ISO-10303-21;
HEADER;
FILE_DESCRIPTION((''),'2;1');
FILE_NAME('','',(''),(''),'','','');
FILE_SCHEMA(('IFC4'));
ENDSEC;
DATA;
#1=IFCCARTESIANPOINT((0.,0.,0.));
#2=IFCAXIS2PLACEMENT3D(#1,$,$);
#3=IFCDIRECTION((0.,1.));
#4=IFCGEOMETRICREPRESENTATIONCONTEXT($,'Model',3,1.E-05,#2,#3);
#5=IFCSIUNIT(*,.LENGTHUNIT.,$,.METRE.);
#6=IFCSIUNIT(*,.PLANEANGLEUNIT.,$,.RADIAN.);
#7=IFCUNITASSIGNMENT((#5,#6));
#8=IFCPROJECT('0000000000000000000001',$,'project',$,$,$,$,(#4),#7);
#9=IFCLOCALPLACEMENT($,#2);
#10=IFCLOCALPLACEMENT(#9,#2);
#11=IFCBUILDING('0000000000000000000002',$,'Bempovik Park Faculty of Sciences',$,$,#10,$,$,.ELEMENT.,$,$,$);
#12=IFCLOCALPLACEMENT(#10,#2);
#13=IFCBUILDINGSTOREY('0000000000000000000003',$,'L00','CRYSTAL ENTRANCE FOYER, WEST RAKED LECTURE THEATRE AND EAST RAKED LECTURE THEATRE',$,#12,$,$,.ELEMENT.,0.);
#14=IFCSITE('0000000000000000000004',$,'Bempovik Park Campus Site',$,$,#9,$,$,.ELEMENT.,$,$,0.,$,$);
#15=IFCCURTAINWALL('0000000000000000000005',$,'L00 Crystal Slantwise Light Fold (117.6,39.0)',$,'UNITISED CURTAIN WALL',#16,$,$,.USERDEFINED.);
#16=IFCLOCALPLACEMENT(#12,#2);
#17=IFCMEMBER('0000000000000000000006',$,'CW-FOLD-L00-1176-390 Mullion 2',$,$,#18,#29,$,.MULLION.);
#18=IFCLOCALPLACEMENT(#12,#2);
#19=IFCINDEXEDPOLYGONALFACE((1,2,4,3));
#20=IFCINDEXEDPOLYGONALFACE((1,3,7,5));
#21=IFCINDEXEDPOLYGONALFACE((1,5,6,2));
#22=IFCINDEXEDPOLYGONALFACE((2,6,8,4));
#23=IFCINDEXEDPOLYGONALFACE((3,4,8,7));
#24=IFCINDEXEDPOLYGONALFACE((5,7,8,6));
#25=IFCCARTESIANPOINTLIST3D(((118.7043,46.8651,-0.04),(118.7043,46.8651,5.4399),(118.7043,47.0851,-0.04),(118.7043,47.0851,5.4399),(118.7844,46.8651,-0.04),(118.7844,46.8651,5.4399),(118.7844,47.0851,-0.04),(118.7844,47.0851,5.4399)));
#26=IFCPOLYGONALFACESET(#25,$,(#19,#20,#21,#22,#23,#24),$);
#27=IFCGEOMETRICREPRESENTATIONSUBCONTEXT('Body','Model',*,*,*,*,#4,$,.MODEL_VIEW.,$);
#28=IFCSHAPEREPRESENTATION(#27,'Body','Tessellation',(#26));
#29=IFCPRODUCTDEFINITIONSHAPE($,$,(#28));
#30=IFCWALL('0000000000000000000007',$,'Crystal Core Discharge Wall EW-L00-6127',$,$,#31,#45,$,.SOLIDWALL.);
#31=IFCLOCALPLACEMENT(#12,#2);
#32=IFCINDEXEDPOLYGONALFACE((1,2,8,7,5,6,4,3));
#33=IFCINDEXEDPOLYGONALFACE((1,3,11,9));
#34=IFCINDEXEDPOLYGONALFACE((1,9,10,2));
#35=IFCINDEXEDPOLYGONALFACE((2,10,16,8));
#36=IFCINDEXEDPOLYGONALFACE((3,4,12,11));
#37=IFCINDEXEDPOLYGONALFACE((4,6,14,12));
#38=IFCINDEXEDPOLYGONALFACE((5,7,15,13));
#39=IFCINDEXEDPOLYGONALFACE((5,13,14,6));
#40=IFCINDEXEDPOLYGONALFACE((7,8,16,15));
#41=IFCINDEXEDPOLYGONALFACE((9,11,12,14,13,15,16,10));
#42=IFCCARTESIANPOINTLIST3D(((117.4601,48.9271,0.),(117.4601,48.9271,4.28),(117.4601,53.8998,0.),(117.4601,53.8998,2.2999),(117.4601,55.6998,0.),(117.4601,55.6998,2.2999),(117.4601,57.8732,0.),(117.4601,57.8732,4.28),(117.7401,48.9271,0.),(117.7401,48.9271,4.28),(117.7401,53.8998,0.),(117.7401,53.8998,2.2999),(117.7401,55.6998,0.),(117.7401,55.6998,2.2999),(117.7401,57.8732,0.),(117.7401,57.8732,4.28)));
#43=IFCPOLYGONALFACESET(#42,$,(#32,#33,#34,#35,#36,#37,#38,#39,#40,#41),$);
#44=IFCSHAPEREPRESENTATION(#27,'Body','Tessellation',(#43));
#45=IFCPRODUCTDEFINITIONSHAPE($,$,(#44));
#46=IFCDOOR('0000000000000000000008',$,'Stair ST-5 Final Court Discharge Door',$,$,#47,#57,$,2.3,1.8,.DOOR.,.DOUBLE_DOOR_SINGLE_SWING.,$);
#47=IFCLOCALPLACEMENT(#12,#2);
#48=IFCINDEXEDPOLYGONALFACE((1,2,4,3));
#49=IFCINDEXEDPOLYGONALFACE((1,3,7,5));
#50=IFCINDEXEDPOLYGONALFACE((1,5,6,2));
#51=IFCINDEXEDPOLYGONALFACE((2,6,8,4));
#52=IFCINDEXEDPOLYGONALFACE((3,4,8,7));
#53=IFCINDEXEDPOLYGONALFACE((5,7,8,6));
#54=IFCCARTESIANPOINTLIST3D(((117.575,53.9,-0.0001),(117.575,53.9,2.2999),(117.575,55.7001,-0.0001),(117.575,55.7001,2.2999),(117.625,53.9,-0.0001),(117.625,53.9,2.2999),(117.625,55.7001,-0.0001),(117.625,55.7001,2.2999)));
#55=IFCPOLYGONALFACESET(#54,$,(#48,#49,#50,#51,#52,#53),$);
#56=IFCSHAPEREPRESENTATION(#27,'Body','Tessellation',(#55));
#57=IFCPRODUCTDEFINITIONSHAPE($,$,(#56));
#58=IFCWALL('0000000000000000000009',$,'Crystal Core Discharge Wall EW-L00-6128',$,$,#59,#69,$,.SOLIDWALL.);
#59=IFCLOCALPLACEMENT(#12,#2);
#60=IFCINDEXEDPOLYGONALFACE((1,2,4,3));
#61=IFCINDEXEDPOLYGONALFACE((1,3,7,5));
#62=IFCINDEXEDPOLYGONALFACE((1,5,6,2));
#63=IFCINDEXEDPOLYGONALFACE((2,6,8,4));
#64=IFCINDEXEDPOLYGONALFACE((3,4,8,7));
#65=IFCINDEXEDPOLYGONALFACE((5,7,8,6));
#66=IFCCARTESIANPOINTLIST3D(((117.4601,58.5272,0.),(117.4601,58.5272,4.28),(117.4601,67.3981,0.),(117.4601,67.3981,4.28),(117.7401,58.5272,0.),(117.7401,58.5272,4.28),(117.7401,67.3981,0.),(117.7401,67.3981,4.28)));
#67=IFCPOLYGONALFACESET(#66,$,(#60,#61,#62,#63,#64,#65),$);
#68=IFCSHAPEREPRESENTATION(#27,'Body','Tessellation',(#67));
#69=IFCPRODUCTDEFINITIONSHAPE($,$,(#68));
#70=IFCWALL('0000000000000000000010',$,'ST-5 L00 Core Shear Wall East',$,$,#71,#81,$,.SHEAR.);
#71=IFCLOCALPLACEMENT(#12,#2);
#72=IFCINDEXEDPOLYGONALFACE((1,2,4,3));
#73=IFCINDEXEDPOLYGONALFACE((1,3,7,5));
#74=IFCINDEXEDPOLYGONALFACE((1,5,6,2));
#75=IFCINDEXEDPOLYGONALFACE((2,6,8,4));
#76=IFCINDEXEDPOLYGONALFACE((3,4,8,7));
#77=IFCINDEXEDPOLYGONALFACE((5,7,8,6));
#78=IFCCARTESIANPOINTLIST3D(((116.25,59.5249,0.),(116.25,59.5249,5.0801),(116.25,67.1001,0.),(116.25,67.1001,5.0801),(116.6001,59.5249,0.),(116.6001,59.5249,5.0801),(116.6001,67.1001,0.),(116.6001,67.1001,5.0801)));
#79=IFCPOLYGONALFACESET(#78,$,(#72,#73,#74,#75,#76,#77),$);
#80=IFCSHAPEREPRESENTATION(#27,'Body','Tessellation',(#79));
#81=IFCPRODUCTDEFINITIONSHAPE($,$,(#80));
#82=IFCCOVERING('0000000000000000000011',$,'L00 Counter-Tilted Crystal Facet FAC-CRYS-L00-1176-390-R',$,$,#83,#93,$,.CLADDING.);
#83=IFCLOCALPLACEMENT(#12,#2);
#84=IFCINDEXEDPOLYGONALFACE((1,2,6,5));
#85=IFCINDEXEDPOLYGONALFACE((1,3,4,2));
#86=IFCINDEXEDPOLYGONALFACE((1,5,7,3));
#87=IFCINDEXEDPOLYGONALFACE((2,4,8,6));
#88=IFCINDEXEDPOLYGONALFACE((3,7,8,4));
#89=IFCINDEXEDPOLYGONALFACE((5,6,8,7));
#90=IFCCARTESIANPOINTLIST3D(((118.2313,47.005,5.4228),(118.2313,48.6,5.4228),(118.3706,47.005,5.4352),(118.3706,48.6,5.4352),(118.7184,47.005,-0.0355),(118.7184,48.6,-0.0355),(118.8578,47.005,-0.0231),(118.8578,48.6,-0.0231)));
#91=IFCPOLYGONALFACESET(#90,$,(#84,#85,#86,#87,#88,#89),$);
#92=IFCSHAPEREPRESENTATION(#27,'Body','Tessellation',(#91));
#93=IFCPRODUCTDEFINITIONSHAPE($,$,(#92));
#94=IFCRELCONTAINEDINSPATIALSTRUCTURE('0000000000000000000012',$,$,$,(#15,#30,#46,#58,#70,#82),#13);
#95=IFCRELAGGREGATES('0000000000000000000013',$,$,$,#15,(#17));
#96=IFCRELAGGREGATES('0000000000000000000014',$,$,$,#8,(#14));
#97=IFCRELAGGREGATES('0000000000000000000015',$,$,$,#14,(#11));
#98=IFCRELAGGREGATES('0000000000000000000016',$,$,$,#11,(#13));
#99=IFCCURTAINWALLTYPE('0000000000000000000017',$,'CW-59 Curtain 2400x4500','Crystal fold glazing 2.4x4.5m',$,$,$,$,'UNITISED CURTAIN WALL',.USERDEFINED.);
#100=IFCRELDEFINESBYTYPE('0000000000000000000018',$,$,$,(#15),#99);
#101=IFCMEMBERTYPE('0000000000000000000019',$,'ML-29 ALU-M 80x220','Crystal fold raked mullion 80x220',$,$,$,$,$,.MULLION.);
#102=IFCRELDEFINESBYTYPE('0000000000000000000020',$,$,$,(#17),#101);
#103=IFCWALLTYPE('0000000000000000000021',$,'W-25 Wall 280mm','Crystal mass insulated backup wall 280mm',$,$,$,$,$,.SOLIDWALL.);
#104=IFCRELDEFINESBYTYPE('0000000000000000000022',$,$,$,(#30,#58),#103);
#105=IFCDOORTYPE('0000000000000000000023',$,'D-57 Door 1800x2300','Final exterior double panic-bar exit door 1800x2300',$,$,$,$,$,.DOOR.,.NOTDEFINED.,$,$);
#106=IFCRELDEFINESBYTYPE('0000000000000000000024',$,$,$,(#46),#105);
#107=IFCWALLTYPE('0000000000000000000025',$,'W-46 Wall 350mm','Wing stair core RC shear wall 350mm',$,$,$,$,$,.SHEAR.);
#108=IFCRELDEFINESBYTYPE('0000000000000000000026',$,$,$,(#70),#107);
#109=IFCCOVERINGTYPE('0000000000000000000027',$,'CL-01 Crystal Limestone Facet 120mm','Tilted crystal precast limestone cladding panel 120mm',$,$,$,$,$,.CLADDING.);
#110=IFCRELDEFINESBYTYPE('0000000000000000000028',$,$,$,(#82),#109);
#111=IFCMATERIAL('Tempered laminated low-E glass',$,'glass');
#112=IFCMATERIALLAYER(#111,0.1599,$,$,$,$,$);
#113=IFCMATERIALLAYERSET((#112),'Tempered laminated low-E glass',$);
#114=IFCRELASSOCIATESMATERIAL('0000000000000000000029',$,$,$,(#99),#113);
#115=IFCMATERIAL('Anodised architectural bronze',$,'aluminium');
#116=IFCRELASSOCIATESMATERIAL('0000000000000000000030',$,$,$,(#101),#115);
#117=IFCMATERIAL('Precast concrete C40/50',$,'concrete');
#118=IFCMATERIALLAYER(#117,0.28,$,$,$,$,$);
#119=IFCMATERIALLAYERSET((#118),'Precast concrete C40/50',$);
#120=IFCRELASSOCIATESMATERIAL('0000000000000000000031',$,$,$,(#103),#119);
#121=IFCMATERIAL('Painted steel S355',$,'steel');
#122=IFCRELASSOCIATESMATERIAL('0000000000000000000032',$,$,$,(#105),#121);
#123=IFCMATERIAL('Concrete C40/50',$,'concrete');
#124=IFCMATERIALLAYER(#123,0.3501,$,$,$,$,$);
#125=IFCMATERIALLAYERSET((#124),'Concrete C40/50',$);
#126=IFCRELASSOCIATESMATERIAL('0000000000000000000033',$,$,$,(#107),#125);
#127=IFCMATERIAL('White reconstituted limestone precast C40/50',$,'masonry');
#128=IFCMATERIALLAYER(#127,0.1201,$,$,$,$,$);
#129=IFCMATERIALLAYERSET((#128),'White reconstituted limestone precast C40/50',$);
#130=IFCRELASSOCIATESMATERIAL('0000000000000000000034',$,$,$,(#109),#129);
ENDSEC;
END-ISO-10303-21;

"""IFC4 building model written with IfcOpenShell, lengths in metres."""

from ifc_helpers import new_model, si_unit, direction, frame, frame_2d, origin, origin_2d, place, context, subcontext, project, spatial, rectangle, extrude, material, layer, layer_set, material_profile, profile_set, type_object, element, fill, aggregate, save


model = new_model("IFC4")

# Units and contexts
model_context = context("Model", 3, precision=1e-05, world=origin(), true_north=direction((0.0, 1.0)))
body_context = subcontext(model_context, "Body", "Model", "MODEL_VIEW")
ifc_project = project(units=[si_unit("LENGTHUNIT", "METRE"), si_unit("PLANEANGLEUNIT", "RADIAN")], contexts=[model_context])

# Site, building, storey
site_placement = place(None, origin())
site = spatial("IfcSite", under=ifc_project, at=site_placement, Name="Bempovik Park Campus Site", CompositionType="ELEMENT", RefElevation=0.0)
building_placement = place(site_placement, origin())
building = spatial("IfcBuilding", under=site, at=building_placement, Name="Bempovik Park Faculty of Sciences", CompositionType="ELEMENT")
storey_placement = place(building_placement, origin())
storey = spatial("IfcBuildingStorey", under=building, at=storey_placement, Name="L00", Description="CRYSTAL ENTRANCE FOYER, WEST RAKED LECTURE THEATRE AND EAST RAKED LECTURE THEATRE", CompositionType="ELEMENT", Elevation=0.0)

# Shared definitions
ifc_material_1 = material(Name="Concrete C40/50", Category="concrete")

# Curtain wall, member
ifc_material_2 = material(Name="Tempered laminated low-E glass", Category="glass")
ifc_layer_1 = layer(ifc_material_2, 0.1599)
ifc_layer_set_1 = layer_set([ifc_layer_1], Name="Tempered laminated low-E glass")
curtain_wall_type = type_object("IfcCurtainWallType", Name="CW-59 Curtain 2400x4500", Description="Crystal fold glazing 2.4x4.5m", ElementType="UNITISED CURTAIN WALL", PredefinedType="USERDEFINED", material=ifc_layer_set_1)
curtain_wall_placement = place(storey_placement, origin())
curtain_wall = element("IfcCurtainWall", 1, at=curtain_wall_placement, inside=storey, type_object=curtain_wall_type, Name="L00 Crystal Slantwise Light Fold (117.6,39.0)", ObjectType="UNITISED CURTAIN WALL", PredefinedType="USERDEFINED")
ifc_material_3 = material(Name="Anodised architectural bronze", Category="aluminium")
ifc_material_profile_1 = material_profile(ifc_material_3, rectangle(XDim=0.0801, YDim=0.22, at=origin_2d()), Name="ALU-M 80x220")
ifc_profile_set_1 = profile_set([ifc_material_profile_1], Name="Anodised architectural bronze")
member_type = type_object("IfcMemberType", Name="ML-29 ALU-M 80x220", Description="Crystal fold raked mullion 80x220", PredefinedType="MULLION", material=ifc_profile_set_1)
member_placement = place(storey_placement, frame((118.7444, 46.9751, -0.04), z_axis=(0.0, 0.0, 1.0), x_axis=(1.0, 0.0, 0.0)))
member = element("IfcMember", 2, at=member_placement, type_object=member_type, Name="CW-FOLD-L00-1176-390 Mullion 2", PredefinedType="MULLION", context=body_context, shape_type="SweptSolid", body=[
    extrude(rectangle(XDim=0.0801, YDim=0.22, at=origin_2d()), origin(), (0.0, 0.0, 1.0), 5.48),
])
aggregate(curtain_wall, [member])

# Wall, opening, door
ifc_material_4 = material(Name="Precast concrete C40/50", Category="concrete")
ifc_layer_2 = layer(ifc_material_4, 0.28)
ifc_layer_set_2 = layer_set([ifc_layer_2], Name="Precast concrete C40/50")
wall_type_1 = type_object("IfcWallType", Name="W-25 Wall 280mm", Description="Crystal mass insulated backup wall 280mm", PredefinedType="SOLIDWALL", material=ifc_layer_set_2)
wall_1_placement = place(storey_placement, frame((117.6001, 48.927, 0.0), z_axis=(0.0, 0.0, 1.0), x_axis=(0.0, 1.0, 0.0)))
wall_1 = element("IfcWall", 3, at=wall_1_placement, inside=storey, type_object=wall_type_1, Name="Crystal Core Discharge Wall EW-L00-6127", PredefinedType="SOLIDWALL", context=body_context, shape_type="SweptSolid", body=[
    extrude(rectangle(XDim=8.946, YDim=0.28, at=frame_2d((4.4731, 0.0))), origin(), (0.0, 0.0, 1.0), 4.28),
])
opening_placement = place(wall_1_placement, frame((4.9729, 0.0, 0.0)))
opening = element("IfcOpeningElement", 4, at=opening_placement, cuts=wall_1, PredefinedType="OPENING", context=body_context, shape_type="SweptSolid", body=[
    extrude(rectangle(XDim=1.8, YDim=2.3, at=frame_2d((0.8999, 1.1499))), frame((0.0, 0.1499, 0.0), z_axis=(0.0, -1.0, 0.0), x_axis=(1.0, 0.0, 0.0)), (0.0, 0.0, 1.0), 0.3),
])
ifc_material_5 = material(Name="Painted steel S355", Category="steel")
door_type = type_object("IfcDoorType", Name="D-57 Door 1800x2300", Description="Final exterior double panic-bar exit door 1800x2300", OperationType="NOTDEFINED", PredefinedType="DOOR", material=ifc_material_5)
door_placement = place(opening_placement, frame((1.8, 0.0, 0.0), z_axis=(0.0, 0.0, 1.0), x_axis=(-1.0, 0.0, 0.0)))
door = element("IfcDoor", 5, at=door_placement, inside=storey, type_object=door_type, Name="Stair ST-5 Final Court Discharge Door", OperationType="DOUBLE_DOOR_SINGLE_SWING", OverallHeight=2.3, OverallWidth=1.8, PredefinedType="DOOR", context=body_context, shape_type="SweptSolid", body=[
    extrude(rectangle(XDim=1.8, YDim=2.3, at=frame_2d((0.8999, 1.1499))), frame((0.0, 0.0249, 0.0), z_axis=(0.0, -1.0, 0.0), x_axis=(1.0, 0.0, 0.0)), (0.0, 0.0, 1.0), 0.05),
])
fill(opening, door)

# Walls
wall_2_placement = place(storey_placement, frame((117.6001, 58.5271, 0.0), z_axis=(0.0, 0.0, 1.0), x_axis=(0.0, 1.0, 0.0)))
element("IfcWall", 6, at=wall_2_placement, inside=storey, type_object=wall_type_1, Name="Crystal Core Discharge Wall EW-L00-6128", PredefinedType="SOLIDWALL", context=body_context, shape_type="SweptSolid", body=[
    extrude(rectangle(XDim=8.8708, YDim=0.28, at=frame_2d((4.4355, 0.0))), origin(), (0.0, 0.0, 1.0), 4.28),
])
ifc_layer_3 = layer(ifc_material_1, 0.3501)
ifc_layer_set_3 = layer_set([ifc_layer_3], Name="Concrete C40/50")
wall_type_2 = type_object("IfcWallType", Name="W-46 Wall 350mm", Description="Wing stair core RC shear wall 350mm", PredefinedType="SHEAR", material=ifc_layer_set_3)
wall_3_placement = place(storey_placement, frame((116.425, 59.5249, 0.0), z_axis=(0.0, 0.0, 1.0), x_axis=(0.0, 1.0, 0.0)))
element("IfcWall", 7, at=wall_3_placement, inside=storey, type_object=wall_type_2, Name="ST-5 L00 Core Shear Wall East", PredefinedType="SHEAR", context=body_context, shape_type="SweptSolid", body=[
    extrude(rectangle(XDim=7.5752, YDim=0.3501, at=frame_2d((3.7876, 0.0))), origin(), (0.0, 0.0, 1.0), 5.0801),
])

# Covering
ifc_material_6 = material(Name="White reconstituted limestone precast C40/50", Category="masonry")
ifc_layer_4 = layer(ifc_material_6, 0.1201)
ifc_layer_set_4 = layer_set([ifc_layer_4], Name="White reconstituted limestone precast C40/50")
covering_type = type_object("IfcCoveringType", Name="CL-01 Crystal Limestone Facet 120mm", Description="Tilted crystal precast limestone cladding panel 120mm", PredefinedType="CLADDING", material=ifc_layer_set_4)
covering_placement = place(storey_placement, frame((118.7881, 47.8025, -0.0293), z_axis=(-0.088894, 0.0, 0.996041), x_axis=(0.0, 1.0, 0.0)))
element("IfcCovering", 8, at=covering_placement, inside=storey, type_object=covering_type, Name="L00 Counter-Tilted Crystal Facet FAC-CRYS-L00-1176-390-R", PredefinedType="CLADDING", context=body_context, shape_type="SweptSolid", body=[
    extrude(rectangle(XDim=1.595, YDim=0.1399, at=origin_2d()), origin(), (0.0, 0.0, 1.0), 5.48),
])

save(model, "model.ifc")
